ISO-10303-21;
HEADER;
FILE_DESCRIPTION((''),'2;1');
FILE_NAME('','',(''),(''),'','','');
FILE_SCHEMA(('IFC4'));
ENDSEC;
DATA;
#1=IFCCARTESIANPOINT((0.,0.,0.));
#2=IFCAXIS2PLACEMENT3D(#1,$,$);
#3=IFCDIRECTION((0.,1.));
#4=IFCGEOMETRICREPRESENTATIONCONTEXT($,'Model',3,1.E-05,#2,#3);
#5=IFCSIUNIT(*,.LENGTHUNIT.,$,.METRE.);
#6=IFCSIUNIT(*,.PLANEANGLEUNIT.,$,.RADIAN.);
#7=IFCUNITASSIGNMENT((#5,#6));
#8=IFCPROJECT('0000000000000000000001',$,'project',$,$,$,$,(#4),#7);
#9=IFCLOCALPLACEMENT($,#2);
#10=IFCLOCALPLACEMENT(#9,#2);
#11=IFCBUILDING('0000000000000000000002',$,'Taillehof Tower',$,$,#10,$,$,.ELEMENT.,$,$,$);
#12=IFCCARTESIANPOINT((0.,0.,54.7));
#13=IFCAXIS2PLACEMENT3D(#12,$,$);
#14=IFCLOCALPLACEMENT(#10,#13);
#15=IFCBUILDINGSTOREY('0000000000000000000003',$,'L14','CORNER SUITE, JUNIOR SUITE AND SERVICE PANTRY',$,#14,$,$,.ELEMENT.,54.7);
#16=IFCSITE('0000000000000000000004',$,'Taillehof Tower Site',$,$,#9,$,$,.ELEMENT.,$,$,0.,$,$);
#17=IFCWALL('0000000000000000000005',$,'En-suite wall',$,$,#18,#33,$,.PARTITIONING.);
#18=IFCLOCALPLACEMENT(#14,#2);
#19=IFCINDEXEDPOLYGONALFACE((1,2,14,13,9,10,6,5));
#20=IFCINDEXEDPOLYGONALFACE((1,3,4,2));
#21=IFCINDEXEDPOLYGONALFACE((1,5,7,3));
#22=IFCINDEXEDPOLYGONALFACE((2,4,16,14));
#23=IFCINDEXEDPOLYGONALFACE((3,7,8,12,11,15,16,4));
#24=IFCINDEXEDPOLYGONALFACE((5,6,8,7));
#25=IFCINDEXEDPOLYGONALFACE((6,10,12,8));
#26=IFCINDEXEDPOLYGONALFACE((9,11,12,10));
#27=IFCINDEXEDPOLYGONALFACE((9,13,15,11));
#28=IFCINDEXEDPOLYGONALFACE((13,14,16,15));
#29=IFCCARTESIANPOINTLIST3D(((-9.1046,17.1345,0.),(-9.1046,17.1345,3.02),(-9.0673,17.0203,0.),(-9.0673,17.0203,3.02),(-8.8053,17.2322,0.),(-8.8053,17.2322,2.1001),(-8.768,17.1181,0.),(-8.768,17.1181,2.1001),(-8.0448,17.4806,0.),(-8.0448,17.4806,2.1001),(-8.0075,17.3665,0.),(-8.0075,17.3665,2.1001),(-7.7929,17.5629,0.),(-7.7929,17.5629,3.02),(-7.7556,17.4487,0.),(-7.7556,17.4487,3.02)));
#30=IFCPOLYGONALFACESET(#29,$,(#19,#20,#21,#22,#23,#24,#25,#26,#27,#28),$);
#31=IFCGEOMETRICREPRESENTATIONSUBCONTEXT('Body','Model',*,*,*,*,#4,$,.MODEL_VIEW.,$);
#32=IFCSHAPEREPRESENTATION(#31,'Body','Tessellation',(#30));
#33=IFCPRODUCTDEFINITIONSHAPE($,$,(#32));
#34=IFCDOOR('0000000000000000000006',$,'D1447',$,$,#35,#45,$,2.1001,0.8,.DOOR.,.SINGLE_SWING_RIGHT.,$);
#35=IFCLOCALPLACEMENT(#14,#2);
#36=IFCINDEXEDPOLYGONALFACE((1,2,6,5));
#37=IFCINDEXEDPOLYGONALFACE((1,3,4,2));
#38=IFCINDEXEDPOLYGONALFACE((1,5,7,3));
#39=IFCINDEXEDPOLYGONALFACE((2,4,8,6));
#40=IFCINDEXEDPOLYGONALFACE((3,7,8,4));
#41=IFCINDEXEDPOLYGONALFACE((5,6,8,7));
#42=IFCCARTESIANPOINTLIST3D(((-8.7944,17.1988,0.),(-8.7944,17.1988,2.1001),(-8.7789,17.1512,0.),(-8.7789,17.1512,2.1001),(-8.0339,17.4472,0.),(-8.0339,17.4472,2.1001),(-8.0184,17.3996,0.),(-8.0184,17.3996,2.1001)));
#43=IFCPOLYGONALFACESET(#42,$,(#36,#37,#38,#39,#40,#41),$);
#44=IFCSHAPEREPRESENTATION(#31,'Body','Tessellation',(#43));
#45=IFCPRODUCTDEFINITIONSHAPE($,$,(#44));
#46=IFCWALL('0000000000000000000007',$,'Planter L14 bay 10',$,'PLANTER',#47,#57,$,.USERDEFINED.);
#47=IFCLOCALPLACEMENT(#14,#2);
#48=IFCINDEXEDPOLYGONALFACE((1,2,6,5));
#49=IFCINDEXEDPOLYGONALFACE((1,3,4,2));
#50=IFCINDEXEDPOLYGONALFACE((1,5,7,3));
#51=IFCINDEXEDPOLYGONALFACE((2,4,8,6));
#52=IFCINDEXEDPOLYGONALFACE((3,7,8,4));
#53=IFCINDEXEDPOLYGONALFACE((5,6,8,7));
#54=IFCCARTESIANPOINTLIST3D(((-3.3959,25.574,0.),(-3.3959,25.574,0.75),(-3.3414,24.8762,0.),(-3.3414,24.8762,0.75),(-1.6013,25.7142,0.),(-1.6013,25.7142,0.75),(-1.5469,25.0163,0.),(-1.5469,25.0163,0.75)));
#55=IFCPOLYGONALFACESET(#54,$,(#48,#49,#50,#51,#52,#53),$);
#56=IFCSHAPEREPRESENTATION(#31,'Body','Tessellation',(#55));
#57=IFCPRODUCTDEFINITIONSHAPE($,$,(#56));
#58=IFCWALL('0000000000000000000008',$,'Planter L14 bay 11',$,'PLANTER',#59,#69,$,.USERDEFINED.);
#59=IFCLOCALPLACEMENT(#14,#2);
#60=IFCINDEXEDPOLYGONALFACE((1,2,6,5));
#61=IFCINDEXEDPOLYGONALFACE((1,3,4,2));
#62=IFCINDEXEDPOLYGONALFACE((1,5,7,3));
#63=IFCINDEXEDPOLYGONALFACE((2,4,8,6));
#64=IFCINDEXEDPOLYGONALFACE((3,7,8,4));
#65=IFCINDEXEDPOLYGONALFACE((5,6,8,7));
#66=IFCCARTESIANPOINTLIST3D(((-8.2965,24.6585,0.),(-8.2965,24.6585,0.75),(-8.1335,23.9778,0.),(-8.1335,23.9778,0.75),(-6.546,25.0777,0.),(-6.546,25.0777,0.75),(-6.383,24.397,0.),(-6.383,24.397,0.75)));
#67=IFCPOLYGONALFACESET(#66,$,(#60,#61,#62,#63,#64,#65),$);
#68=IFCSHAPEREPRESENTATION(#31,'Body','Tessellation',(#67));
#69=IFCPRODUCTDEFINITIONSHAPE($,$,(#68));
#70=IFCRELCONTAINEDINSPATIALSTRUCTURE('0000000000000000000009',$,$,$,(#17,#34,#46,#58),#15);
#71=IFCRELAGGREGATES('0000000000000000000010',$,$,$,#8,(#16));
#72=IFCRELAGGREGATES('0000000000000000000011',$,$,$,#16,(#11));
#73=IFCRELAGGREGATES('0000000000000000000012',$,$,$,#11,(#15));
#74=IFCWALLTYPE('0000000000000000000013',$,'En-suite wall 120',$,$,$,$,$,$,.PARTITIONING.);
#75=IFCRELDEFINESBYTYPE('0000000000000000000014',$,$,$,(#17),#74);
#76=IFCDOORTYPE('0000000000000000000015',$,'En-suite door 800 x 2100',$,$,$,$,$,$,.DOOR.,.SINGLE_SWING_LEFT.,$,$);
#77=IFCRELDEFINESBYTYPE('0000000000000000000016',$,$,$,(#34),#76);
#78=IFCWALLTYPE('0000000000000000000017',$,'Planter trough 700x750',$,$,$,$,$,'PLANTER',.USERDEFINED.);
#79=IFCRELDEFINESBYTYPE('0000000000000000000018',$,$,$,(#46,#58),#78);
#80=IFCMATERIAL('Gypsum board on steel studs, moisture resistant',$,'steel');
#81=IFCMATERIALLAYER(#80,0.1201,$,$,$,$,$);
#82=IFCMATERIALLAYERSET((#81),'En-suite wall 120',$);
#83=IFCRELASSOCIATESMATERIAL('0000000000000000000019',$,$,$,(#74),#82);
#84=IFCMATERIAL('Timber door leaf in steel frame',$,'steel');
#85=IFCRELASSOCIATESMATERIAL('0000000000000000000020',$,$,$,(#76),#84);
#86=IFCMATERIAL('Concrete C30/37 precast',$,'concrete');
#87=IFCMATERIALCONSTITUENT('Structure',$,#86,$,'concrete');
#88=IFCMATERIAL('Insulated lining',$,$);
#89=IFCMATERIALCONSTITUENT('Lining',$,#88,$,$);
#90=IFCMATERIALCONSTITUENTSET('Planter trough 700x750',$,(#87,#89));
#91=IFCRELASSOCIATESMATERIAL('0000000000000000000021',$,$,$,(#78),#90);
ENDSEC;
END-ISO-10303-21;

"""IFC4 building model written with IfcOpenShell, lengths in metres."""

from ifc_helpers import new_model, si_unit, direction, frame, frame_2d, origin, place, context, subcontext, project, spatial, rectangle, extrude, material, layer, layer_set, constituent, constituent_set, type_object, element, fill, save


model = new_model("IFC4")

# Units and contexts
model_context = context("Model", 3, precision=1e-05, world=origin(), true_north=direction((0.0, 1.0)))
body_context = subcontext(model_context, "Body", "Model", "MODEL_VIEW")
ifc_project = project(units=[si_unit("LENGTHUNIT", "METRE"), si_unit("PLANEANGLEUNIT", "RADIAN")], contexts=[model_context])

# Site, building, storey
site_placement = place(None, origin())
site = spatial("IfcSite", under=ifc_project, at=site_placement, Name="Taillehof Tower Site", CompositionType="ELEMENT", RefElevation=0.0)
building_placement = place(site_placement, origin())
building = spatial("IfcBuilding", under=site, at=building_placement, Name="Taillehof Tower", CompositionType="ELEMENT")
storey_placement = place(building_placement, frame((0.0, 0.0, 54.7)))
storey = spatial("IfcBuildingStorey", under=building, at=storey_placement, Name="L14", Description="CORNER SUITE, JUNIOR SUITE AND SERVICE PANTRY", CompositionType="ELEMENT", Elevation=54.7)

# Shared definitions
ifc_material_1 = material(Name="Gypsum board on steel studs, moisture resistant", Category="steel")
ifc_layer_1 = layer(ifc_material_1, 0.1201)
ifc_layer_set_1 = layer_set([ifc_layer_1], Name="En-suite wall 120")
wall_type_1 = type_object("IfcWallType", Name="En-suite wall 120", PredefinedType="PARTITIONING", material=ifc_layer_set_1)

# Wall, opening, door
wall_1_placement = place(storey_placement, frame((-9.0859, 17.0774, 0.0), z_axis=(0.0, 0.0, 1.0), x_axis=(0.950577, 0.31049, 0.0)))
wall_1 = element("IfcWall", 1, at=wall_1_placement, inside=storey, type_object=wall_type_1, Name="En-suite wall", PredefinedType="PARTITIONING", context=body_context, shape_type="SweptSolid", body=[
    extrude(rectangle(XDim=1.3799, YDim=0.1201, at=frame_2d((0.6899, 0.0))), origin(), (0.0, 0.0, 1.0), 3.02),
])
opening_1_placement = place(wall_1_placement, frame((0.3149, 0.0, 0.0)))
opening_1 = element("IfcOpeningElement", 2, at=opening_1_placement, cuts=wall_1, PredefinedType="OPENING", context=body_context, shape_type="SweptSolid", body=[
    extrude(rectangle(XDim=0.8, YDim=2.1001, at=frame_2d((0.3999, 1.05))), frame((0.0, 0.0701, 0.0), z_axis=(0.0, -1.0, 0.0), x_axis=(1.0, 0.0, 0.0)), (0.0, 0.0, 1.0), 0.1401),
])
ifc_material_2 = material(Name="Timber door leaf in steel frame", Category="steel")
door_type_1 = type_object("IfcDoorType", Name="En-suite door 800 x 2100", OperationType="SINGLE_SWING_LEFT", PredefinedType="DOOR", material=ifc_material_2)
door_1_placement = place(opening_1_placement, origin())
door_1 = element("IfcDoor", 3, at=door_1_placement, inside=storey, type_object=door_type_1, Name="D1447", OperationType="SINGLE_SWING_RIGHT", OverallHeight=2.1001, OverallWidth=0.8, PredefinedType="DOOR", context=body_context, shape_type="SweptSolid", body=[
    extrude(rectangle(XDim=0.8, YDim=2.1001, at=frame_2d((0.3999, 1.05))), frame((0.0, 0.0249, 0.0), z_axis=(0.0, -1.0, 0.0), x_axis=(1.0, 0.0, 0.0)), (0.0, 0.0, 1.0), 0.05),
])
fill(opening_1, door_1)

# Walls
ifc_material_3 = material(Name="Concrete C30/37 precast", Category="concrete")
ifc_constituent_1 = constituent(ifc_material_3, Name="Structure", Category="concrete")
ifc_material_4 = material(Name="Insulated lining")
ifc_constituent_2 = constituent(ifc_material_4, Name="Lining")
ifc_constituent_set = constituent_set(constituents=[ifc_constituent_1, ifc_constituent_2], Name="Planter trough 700x750")
wall_type_2 = type_object("IfcWallType", Name="Planter trough 700x750", ElementType="PLANTER", PredefinedType="USERDEFINED", material=ifc_constituent_set)
for number, where, z_axis, x_axis, name in (
    (4, (-1.5742, 25.3652, 0.0), (0.0, 0.0, 1.0), (-0.996965, -0.077848, 0.0), "Planter L14 bay 10"),
    (5, (-6.4646, 24.7373, 0.0), (0.0, 0.0, 1.0), (-0.972504, -0.232886, 0.0), "Planter L14 bay 11"),
):
    element("IfcWall", number, at=place(storey_placement, frame(where, z_axis=z_axis, x_axis=x_axis)), inside=storey, type_object=wall_type_2, Name=name, ObjectType="PLANTER", PredefinedType="USERDEFINED", context=body_context, shape_type="SweptSolid", body=[
        extrude(rectangle(XDim=1.8, YDim=0.7, at=frame_2d((0.8999, 0.0))), origin(), (0.0, 0.0, 1.0), 0.75),
    ])

save(model, "model.ifc")
